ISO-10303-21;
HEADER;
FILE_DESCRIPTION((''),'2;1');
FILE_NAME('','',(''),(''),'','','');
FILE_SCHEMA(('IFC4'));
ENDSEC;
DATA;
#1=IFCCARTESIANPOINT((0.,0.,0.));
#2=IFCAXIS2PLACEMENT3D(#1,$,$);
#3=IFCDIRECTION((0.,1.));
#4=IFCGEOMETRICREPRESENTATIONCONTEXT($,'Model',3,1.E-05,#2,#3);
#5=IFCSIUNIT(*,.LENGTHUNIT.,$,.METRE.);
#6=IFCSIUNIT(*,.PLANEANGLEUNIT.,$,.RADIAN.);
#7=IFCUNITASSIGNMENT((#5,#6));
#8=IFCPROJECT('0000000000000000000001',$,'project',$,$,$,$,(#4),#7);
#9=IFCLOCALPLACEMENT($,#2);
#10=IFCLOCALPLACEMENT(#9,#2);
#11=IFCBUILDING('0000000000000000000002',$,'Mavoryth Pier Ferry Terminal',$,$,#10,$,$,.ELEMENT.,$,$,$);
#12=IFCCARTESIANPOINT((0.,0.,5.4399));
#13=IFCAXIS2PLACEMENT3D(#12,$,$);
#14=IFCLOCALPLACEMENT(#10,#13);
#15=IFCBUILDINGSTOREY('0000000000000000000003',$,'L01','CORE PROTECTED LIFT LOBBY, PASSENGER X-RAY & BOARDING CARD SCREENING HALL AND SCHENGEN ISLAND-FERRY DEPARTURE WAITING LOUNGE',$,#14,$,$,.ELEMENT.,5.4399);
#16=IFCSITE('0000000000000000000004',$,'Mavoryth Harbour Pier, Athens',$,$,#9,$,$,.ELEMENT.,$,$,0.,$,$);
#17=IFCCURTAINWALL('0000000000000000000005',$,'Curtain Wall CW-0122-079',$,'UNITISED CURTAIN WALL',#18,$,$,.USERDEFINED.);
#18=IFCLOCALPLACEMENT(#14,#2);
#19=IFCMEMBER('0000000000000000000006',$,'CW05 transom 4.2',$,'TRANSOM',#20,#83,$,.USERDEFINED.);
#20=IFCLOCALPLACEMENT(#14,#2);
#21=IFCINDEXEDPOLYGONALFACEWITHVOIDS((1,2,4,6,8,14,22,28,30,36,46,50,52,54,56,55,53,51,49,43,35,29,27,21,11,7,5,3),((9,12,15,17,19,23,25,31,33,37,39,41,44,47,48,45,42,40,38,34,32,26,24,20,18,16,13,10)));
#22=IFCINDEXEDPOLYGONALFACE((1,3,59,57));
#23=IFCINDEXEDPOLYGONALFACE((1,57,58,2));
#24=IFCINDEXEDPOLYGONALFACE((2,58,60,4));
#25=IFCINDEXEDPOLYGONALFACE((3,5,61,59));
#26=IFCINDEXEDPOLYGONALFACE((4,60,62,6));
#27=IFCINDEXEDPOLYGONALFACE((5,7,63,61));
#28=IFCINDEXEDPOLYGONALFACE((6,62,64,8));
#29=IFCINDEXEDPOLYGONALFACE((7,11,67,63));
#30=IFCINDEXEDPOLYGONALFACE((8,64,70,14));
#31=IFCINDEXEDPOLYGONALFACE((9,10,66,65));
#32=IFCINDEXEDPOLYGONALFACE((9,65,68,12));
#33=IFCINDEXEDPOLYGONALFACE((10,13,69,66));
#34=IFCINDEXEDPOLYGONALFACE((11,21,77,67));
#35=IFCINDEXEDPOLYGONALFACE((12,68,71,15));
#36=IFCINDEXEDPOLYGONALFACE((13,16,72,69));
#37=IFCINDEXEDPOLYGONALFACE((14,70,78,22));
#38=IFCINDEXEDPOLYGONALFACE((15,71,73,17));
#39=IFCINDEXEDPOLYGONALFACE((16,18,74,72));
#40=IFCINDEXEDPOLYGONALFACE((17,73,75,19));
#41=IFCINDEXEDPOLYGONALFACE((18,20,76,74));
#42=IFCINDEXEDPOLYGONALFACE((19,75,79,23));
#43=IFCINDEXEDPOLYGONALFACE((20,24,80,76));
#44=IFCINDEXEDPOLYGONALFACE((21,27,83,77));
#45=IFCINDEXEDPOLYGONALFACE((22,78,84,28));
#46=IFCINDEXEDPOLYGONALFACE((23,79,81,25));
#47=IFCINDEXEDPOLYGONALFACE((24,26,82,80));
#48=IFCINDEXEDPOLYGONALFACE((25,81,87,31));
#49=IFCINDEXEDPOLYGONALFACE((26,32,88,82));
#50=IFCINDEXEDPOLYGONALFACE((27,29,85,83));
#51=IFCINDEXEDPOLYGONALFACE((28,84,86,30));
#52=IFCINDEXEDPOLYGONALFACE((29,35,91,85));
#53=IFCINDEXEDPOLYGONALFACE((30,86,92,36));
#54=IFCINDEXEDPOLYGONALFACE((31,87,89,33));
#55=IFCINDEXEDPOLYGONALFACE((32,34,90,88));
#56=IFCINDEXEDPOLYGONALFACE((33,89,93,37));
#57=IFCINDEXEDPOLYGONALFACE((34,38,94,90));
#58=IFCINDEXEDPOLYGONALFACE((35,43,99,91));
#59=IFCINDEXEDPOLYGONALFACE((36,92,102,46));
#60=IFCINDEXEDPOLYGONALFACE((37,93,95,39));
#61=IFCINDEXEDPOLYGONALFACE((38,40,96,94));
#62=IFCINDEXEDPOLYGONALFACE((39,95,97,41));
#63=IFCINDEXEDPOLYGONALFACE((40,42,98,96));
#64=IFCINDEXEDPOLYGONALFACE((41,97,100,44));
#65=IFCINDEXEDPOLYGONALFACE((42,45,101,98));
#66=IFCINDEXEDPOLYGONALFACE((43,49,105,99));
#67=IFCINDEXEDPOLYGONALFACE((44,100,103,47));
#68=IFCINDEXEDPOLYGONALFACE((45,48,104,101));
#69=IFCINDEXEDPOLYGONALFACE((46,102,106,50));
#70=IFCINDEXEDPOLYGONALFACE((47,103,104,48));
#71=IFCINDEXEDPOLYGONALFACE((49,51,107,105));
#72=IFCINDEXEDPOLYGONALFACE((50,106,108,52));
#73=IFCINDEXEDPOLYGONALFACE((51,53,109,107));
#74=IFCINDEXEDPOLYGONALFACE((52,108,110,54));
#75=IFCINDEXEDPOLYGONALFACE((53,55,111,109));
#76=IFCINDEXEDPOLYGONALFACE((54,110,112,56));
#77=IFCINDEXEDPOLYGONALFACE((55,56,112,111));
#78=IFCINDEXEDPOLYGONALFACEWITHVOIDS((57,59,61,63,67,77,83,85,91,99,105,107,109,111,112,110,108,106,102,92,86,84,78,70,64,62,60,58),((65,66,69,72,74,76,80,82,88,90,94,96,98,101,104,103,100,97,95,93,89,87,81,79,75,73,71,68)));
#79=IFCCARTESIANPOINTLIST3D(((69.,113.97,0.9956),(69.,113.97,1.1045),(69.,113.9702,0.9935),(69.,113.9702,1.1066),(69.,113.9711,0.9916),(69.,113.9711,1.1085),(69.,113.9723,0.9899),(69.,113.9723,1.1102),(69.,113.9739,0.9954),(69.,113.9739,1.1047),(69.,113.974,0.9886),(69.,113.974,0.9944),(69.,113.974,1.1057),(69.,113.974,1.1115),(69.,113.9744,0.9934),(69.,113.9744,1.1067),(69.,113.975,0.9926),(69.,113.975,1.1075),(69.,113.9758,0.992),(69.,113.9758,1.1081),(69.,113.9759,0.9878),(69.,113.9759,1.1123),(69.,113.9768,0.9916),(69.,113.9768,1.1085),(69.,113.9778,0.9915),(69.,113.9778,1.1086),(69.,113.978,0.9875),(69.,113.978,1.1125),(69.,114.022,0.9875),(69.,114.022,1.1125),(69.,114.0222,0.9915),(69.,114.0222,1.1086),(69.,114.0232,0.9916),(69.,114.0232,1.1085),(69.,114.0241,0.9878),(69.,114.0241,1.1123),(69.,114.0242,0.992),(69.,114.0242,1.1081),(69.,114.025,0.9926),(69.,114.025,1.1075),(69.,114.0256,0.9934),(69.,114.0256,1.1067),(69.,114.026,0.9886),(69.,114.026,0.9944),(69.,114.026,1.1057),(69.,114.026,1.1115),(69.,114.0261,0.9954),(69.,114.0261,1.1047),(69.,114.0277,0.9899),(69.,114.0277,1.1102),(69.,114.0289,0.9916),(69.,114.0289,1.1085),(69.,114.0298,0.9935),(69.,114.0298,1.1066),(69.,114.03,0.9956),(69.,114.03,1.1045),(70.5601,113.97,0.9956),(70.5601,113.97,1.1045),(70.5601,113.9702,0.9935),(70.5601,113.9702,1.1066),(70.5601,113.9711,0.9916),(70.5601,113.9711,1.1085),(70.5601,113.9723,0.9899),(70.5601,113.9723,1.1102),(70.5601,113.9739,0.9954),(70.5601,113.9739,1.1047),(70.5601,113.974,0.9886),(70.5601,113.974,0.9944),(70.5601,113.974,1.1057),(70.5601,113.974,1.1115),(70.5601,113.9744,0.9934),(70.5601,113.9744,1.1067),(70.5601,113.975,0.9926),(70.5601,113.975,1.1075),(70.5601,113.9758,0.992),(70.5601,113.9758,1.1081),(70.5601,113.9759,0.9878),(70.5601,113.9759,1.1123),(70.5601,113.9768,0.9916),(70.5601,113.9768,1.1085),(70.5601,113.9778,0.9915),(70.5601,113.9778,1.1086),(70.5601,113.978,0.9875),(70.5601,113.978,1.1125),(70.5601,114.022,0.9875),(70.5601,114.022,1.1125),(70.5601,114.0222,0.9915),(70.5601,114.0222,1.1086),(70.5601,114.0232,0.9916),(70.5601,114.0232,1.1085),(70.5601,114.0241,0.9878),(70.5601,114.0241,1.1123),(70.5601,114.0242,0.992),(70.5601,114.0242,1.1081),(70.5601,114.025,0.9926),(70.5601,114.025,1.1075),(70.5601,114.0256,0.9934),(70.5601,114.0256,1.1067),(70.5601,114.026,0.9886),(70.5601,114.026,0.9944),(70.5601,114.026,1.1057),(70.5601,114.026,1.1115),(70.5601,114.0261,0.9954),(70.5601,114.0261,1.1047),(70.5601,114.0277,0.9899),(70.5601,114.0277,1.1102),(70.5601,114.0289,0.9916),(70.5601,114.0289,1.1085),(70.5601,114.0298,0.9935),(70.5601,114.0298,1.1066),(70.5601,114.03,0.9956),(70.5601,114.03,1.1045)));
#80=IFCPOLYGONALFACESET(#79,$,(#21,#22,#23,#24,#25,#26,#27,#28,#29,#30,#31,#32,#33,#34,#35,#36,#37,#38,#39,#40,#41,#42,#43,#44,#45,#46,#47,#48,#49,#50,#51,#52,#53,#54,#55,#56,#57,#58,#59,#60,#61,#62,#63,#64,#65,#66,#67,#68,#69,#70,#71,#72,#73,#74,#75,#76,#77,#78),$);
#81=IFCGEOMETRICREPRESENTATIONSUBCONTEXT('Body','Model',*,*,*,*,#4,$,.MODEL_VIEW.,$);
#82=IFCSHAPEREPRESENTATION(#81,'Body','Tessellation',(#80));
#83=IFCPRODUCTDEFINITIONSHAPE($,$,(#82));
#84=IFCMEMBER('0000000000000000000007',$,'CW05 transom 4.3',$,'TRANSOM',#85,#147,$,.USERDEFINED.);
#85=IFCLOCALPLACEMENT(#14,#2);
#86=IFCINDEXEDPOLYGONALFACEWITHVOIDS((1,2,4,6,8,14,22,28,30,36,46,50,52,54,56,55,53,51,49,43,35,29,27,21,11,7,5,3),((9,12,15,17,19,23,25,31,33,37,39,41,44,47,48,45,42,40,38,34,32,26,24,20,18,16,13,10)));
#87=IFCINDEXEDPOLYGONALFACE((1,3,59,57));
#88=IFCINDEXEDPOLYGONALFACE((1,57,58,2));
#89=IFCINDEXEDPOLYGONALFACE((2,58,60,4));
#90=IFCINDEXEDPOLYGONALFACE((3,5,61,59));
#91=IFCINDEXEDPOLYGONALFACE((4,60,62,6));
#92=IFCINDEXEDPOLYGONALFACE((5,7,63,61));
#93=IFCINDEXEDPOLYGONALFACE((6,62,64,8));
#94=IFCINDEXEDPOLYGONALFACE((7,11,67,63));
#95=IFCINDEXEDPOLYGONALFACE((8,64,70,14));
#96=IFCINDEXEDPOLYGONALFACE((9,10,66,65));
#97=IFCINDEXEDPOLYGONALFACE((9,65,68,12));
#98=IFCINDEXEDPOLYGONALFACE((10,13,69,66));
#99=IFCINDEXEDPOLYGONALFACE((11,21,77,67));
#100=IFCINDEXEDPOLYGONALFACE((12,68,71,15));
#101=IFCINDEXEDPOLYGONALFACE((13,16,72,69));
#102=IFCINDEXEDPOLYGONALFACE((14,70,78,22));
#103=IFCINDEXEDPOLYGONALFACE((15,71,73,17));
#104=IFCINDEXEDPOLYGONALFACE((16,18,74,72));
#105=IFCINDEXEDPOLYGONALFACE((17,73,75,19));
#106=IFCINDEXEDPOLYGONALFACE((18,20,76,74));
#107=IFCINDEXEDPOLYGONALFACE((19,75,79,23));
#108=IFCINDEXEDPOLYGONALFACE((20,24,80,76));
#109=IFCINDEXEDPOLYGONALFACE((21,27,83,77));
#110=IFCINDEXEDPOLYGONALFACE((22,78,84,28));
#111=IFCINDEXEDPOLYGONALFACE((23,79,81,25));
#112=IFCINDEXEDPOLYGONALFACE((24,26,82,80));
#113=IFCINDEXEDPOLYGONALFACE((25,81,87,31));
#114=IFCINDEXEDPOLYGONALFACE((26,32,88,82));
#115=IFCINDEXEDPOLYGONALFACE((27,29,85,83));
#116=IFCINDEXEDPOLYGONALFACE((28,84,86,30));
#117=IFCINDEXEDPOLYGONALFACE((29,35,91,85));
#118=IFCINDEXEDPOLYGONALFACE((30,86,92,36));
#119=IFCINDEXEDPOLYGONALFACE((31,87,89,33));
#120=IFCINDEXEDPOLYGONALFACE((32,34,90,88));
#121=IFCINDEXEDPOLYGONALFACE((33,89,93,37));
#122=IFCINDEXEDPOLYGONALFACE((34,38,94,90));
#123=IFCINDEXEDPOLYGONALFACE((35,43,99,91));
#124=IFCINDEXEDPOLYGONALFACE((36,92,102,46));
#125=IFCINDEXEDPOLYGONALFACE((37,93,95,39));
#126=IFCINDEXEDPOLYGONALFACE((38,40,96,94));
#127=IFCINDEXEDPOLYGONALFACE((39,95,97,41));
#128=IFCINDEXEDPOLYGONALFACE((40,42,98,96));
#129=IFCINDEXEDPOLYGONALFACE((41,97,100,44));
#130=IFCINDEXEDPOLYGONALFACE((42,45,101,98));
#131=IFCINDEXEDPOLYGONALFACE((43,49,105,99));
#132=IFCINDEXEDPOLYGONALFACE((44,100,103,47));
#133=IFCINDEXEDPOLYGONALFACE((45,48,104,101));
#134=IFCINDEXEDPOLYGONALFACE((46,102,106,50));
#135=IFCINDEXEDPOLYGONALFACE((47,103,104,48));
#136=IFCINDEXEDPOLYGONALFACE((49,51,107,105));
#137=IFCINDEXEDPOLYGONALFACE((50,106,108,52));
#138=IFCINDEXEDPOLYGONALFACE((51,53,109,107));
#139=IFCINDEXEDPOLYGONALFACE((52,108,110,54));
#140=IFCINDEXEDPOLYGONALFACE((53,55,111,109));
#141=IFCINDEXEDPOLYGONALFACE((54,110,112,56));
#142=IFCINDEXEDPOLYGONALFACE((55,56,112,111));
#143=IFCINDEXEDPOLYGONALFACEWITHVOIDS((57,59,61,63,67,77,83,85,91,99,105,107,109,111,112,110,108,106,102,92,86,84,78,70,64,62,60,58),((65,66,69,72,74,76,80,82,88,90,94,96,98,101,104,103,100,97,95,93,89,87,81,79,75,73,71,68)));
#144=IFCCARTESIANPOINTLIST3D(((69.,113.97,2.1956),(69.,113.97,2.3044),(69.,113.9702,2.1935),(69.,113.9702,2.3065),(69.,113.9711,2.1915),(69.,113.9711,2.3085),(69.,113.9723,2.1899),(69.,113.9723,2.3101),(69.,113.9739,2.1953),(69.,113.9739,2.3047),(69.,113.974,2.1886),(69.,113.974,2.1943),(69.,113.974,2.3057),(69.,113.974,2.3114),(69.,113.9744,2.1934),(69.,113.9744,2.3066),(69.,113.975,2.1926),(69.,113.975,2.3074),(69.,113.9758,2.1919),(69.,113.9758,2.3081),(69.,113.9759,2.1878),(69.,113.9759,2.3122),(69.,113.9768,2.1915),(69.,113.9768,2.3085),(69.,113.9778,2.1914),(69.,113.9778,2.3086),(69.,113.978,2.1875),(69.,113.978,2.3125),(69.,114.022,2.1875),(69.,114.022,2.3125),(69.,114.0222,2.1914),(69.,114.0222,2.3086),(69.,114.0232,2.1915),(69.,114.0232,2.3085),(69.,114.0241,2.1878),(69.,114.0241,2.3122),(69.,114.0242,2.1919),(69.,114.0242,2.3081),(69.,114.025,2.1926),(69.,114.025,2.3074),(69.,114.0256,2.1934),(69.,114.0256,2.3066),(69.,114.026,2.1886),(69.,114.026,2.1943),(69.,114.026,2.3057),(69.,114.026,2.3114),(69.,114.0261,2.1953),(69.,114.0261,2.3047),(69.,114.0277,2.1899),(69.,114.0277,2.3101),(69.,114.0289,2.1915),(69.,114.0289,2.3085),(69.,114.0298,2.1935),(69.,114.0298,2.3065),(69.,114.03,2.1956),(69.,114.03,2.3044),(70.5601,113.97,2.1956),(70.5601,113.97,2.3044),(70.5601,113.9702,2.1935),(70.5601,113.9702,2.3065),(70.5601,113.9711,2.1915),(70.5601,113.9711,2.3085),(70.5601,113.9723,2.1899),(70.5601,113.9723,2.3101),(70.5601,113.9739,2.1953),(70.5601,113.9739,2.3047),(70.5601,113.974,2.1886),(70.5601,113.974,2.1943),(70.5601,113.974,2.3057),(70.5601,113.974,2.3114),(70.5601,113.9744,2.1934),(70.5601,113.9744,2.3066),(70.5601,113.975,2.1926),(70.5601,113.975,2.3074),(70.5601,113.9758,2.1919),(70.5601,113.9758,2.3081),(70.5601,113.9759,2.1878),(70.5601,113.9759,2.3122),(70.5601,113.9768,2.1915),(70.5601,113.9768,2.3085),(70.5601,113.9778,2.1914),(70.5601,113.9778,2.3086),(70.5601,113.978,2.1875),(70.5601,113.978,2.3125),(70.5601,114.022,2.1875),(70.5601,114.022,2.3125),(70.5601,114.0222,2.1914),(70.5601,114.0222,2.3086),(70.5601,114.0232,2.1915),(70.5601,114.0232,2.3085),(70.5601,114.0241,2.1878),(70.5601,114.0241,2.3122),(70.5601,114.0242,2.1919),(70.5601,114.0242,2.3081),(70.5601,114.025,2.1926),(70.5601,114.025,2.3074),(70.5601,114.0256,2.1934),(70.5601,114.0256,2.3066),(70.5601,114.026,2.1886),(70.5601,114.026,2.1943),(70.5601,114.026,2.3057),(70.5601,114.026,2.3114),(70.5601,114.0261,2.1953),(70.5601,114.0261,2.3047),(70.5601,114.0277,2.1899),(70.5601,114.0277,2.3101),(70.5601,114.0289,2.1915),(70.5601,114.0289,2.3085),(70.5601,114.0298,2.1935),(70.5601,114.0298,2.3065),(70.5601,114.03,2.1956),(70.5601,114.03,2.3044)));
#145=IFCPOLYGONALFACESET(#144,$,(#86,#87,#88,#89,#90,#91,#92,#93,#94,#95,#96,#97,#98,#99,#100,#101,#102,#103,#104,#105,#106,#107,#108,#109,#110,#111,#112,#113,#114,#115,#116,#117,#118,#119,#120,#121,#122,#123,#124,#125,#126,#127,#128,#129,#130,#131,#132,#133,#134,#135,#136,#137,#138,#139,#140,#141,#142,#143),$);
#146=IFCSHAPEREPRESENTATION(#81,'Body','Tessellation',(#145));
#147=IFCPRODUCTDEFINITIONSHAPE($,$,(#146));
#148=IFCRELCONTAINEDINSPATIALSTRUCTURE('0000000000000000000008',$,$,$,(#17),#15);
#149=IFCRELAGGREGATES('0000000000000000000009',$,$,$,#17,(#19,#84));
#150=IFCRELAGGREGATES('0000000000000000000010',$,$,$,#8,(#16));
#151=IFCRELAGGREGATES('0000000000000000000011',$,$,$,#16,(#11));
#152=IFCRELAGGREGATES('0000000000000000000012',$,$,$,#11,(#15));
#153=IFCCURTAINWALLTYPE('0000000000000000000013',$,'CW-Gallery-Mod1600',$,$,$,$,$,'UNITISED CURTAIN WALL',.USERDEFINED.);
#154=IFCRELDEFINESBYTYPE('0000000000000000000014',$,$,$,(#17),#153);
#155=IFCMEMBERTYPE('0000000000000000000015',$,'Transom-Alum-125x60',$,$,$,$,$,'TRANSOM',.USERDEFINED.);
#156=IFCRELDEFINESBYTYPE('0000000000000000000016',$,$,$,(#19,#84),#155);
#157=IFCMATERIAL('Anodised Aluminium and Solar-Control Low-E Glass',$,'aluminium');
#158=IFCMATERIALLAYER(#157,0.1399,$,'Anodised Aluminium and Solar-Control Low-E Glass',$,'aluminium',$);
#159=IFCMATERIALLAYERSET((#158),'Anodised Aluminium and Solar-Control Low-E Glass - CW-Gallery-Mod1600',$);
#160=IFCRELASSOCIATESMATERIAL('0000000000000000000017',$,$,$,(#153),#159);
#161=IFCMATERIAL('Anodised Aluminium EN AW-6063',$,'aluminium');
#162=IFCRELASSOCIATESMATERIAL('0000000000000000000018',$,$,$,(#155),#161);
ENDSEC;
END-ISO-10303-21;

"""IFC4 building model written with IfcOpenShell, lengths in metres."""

from ifc_helpers import new_model, si_unit, direction, frame, origin, origin_2d, place, context, subcontext, project, spatial, hollow_rectangle, extrude, material, layer, layer_set, material_profile, profile_set, type_object, element, aggregate, save


model = new_model("IFC4")

# Units and contexts
model_context = context("Model", 3, precision=1e-05, world=origin(), true_north=direction((0.0, 1.0)))
body_context = subcontext(model_context, "Body", "Model", "MODEL_VIEW")
ifc_project = project(units=[si_unit("LENGTHUNIT", "METRE"), si_unit("PLANEANGLEUNIT", "RADIAN")], contexts=[model_context])

# Site, building, storey
site_placement = place(None, origin())
site = spatial("IfcSite", under=ifc_project, at=site_placement, Name="Mavoryth Harbour Pier, Athens", CompositionType="ELEMENT", RefElevation=0.0)
building_placement = place(site_placement, origin())
building = spatial("IfcBuilding", under=site, at=building_placement, Name="Mavoryth Pier Ferry Terminal", CompositionType="ELEMENT")
storey_placement = place(building_placement, frame((0.0, 0.0, 5.4399)))
storey = spatial("IfcBuildingStorey", under=building, at=storey_placement, Name="L01", Description="CORE PROTECTED LIFT LOBBY, PASSENGER X-RAY & BOARDING CARD SCREENING HALL AND SCHENGEN ISLAND-FERRY DEPARTURE WAITING LOUNGE", CompositionType="ELEMENT", Elevation=5.4399)

# Curtain wall, members
ifc_material_1 = material(Name="Anodised Aluminium and Solar-Control Low-E Glass", Category="aluminium")
ifc_layer_1 = layer(ifc_material_1, 0.1399, Name="Anodised Aluminium and Solar-Control Low-E Glass", Category="aluminium")
ifc_layer_set_1 = layer_set([ifc_layer_1], Name="Anodised Aluminium and Solar-Control Low-E Glass - CW-Gallery-Mod1600")
curtain_wall_type = type_object("IfcCurtainWallType", Name="CW-Gallery-Mod1600", ElementType="UNITISED CURTAIN WALL", PredefinedType="USERDEFINED", material=ifc_layer_set_1)
curtain_wall_placement = place(storey_placement, origin())
curtain_wall = element("IfcCurtainWall", 1, at=curtain_wall_placement, inside=storey, type_object=curtain_wall_type, Name="Curtain Wall CW-0122-079", ObjectType="UNITISED CURTAIN WALL", PredefinedType="USERDEFINED")
ifc_material_2 = material(Name="Anodised Aluminium EN AW-6063", Category="aluminium")
ifc_material_profile_1 = material_profile(ifc_material_2, hollow_rectangle(XDim=0.0601, YDim=0.125, WallThickness=0.0039, InnerFilletRadius=0.0039, OuterFilletRadius=0.0081, at=origin_2d()), Name="AL-TRAN 125x60x4", Category="aluminium")
ifc_profile_set_1 = profile_set([ifc_material_profile_1], Name="Anodised Aluminium EN AW-6063 - AL-TRAN 125x60x4")
member_type_1 = type_object("IfcMemberType", Name="Transom-Alum-125x60", ElementType="TRANSOM", PredefinedType="USERDEFINED", material=ifc_profile_set_1)
member_1_placement = place(storey_placement, frame((70.5601, 114.0, 1.05), z_axis=(-1.0, 0.0, 0.0), x_axis=(0.0, -1.0, 0.0)))
member_1 = element("IfcMember", 2, at=member_1_placement, type_object=member_type_1, Name="CW05 transom 4.2", ObjectType="TRANSOM", PredefinedType="USERDEFINED", context=body_context, shape_type="SweptSolid", body=[
    extrude(hollow_rectangle(XDim=0.0601, YDim=0.125, WallThickness=0.0039, InnerFilletRadius=0.0039, OuterFilletRadius=0.0081, at=origin_2d()), origin(), (0.0, 0.0, 1.0), 1.5601),
])
member_2_placement = place(storey_placement, frame((70.5601, 114.0, 2.25), z_axis=(-1.0, 0.0, 0.0), x_axis=(0.0, -1.0, 0.0)))
member_2 = element("IfcMember", 3, at=member_2_placement, type_object=member_type_1, Name="CW05 transom 4.3", ObjectType="TRANSOM", PredefinedType="USERDEFINED", context=body_context, shape_type="SweptSolid", body=[
    extrude(hollow_rectangle(XDim=0.0601, YDim=0.125, WallThickness=0.0039, InnerFilletRadius=0.0039, OuterFilletRadius=0.0081, at=origin_2d()), origin(), (0.0, 0.0, 1.0), 1.5601),
])
aggregate(curtain_wall, [member_1, member_2])

save(model, "model.ifc")
